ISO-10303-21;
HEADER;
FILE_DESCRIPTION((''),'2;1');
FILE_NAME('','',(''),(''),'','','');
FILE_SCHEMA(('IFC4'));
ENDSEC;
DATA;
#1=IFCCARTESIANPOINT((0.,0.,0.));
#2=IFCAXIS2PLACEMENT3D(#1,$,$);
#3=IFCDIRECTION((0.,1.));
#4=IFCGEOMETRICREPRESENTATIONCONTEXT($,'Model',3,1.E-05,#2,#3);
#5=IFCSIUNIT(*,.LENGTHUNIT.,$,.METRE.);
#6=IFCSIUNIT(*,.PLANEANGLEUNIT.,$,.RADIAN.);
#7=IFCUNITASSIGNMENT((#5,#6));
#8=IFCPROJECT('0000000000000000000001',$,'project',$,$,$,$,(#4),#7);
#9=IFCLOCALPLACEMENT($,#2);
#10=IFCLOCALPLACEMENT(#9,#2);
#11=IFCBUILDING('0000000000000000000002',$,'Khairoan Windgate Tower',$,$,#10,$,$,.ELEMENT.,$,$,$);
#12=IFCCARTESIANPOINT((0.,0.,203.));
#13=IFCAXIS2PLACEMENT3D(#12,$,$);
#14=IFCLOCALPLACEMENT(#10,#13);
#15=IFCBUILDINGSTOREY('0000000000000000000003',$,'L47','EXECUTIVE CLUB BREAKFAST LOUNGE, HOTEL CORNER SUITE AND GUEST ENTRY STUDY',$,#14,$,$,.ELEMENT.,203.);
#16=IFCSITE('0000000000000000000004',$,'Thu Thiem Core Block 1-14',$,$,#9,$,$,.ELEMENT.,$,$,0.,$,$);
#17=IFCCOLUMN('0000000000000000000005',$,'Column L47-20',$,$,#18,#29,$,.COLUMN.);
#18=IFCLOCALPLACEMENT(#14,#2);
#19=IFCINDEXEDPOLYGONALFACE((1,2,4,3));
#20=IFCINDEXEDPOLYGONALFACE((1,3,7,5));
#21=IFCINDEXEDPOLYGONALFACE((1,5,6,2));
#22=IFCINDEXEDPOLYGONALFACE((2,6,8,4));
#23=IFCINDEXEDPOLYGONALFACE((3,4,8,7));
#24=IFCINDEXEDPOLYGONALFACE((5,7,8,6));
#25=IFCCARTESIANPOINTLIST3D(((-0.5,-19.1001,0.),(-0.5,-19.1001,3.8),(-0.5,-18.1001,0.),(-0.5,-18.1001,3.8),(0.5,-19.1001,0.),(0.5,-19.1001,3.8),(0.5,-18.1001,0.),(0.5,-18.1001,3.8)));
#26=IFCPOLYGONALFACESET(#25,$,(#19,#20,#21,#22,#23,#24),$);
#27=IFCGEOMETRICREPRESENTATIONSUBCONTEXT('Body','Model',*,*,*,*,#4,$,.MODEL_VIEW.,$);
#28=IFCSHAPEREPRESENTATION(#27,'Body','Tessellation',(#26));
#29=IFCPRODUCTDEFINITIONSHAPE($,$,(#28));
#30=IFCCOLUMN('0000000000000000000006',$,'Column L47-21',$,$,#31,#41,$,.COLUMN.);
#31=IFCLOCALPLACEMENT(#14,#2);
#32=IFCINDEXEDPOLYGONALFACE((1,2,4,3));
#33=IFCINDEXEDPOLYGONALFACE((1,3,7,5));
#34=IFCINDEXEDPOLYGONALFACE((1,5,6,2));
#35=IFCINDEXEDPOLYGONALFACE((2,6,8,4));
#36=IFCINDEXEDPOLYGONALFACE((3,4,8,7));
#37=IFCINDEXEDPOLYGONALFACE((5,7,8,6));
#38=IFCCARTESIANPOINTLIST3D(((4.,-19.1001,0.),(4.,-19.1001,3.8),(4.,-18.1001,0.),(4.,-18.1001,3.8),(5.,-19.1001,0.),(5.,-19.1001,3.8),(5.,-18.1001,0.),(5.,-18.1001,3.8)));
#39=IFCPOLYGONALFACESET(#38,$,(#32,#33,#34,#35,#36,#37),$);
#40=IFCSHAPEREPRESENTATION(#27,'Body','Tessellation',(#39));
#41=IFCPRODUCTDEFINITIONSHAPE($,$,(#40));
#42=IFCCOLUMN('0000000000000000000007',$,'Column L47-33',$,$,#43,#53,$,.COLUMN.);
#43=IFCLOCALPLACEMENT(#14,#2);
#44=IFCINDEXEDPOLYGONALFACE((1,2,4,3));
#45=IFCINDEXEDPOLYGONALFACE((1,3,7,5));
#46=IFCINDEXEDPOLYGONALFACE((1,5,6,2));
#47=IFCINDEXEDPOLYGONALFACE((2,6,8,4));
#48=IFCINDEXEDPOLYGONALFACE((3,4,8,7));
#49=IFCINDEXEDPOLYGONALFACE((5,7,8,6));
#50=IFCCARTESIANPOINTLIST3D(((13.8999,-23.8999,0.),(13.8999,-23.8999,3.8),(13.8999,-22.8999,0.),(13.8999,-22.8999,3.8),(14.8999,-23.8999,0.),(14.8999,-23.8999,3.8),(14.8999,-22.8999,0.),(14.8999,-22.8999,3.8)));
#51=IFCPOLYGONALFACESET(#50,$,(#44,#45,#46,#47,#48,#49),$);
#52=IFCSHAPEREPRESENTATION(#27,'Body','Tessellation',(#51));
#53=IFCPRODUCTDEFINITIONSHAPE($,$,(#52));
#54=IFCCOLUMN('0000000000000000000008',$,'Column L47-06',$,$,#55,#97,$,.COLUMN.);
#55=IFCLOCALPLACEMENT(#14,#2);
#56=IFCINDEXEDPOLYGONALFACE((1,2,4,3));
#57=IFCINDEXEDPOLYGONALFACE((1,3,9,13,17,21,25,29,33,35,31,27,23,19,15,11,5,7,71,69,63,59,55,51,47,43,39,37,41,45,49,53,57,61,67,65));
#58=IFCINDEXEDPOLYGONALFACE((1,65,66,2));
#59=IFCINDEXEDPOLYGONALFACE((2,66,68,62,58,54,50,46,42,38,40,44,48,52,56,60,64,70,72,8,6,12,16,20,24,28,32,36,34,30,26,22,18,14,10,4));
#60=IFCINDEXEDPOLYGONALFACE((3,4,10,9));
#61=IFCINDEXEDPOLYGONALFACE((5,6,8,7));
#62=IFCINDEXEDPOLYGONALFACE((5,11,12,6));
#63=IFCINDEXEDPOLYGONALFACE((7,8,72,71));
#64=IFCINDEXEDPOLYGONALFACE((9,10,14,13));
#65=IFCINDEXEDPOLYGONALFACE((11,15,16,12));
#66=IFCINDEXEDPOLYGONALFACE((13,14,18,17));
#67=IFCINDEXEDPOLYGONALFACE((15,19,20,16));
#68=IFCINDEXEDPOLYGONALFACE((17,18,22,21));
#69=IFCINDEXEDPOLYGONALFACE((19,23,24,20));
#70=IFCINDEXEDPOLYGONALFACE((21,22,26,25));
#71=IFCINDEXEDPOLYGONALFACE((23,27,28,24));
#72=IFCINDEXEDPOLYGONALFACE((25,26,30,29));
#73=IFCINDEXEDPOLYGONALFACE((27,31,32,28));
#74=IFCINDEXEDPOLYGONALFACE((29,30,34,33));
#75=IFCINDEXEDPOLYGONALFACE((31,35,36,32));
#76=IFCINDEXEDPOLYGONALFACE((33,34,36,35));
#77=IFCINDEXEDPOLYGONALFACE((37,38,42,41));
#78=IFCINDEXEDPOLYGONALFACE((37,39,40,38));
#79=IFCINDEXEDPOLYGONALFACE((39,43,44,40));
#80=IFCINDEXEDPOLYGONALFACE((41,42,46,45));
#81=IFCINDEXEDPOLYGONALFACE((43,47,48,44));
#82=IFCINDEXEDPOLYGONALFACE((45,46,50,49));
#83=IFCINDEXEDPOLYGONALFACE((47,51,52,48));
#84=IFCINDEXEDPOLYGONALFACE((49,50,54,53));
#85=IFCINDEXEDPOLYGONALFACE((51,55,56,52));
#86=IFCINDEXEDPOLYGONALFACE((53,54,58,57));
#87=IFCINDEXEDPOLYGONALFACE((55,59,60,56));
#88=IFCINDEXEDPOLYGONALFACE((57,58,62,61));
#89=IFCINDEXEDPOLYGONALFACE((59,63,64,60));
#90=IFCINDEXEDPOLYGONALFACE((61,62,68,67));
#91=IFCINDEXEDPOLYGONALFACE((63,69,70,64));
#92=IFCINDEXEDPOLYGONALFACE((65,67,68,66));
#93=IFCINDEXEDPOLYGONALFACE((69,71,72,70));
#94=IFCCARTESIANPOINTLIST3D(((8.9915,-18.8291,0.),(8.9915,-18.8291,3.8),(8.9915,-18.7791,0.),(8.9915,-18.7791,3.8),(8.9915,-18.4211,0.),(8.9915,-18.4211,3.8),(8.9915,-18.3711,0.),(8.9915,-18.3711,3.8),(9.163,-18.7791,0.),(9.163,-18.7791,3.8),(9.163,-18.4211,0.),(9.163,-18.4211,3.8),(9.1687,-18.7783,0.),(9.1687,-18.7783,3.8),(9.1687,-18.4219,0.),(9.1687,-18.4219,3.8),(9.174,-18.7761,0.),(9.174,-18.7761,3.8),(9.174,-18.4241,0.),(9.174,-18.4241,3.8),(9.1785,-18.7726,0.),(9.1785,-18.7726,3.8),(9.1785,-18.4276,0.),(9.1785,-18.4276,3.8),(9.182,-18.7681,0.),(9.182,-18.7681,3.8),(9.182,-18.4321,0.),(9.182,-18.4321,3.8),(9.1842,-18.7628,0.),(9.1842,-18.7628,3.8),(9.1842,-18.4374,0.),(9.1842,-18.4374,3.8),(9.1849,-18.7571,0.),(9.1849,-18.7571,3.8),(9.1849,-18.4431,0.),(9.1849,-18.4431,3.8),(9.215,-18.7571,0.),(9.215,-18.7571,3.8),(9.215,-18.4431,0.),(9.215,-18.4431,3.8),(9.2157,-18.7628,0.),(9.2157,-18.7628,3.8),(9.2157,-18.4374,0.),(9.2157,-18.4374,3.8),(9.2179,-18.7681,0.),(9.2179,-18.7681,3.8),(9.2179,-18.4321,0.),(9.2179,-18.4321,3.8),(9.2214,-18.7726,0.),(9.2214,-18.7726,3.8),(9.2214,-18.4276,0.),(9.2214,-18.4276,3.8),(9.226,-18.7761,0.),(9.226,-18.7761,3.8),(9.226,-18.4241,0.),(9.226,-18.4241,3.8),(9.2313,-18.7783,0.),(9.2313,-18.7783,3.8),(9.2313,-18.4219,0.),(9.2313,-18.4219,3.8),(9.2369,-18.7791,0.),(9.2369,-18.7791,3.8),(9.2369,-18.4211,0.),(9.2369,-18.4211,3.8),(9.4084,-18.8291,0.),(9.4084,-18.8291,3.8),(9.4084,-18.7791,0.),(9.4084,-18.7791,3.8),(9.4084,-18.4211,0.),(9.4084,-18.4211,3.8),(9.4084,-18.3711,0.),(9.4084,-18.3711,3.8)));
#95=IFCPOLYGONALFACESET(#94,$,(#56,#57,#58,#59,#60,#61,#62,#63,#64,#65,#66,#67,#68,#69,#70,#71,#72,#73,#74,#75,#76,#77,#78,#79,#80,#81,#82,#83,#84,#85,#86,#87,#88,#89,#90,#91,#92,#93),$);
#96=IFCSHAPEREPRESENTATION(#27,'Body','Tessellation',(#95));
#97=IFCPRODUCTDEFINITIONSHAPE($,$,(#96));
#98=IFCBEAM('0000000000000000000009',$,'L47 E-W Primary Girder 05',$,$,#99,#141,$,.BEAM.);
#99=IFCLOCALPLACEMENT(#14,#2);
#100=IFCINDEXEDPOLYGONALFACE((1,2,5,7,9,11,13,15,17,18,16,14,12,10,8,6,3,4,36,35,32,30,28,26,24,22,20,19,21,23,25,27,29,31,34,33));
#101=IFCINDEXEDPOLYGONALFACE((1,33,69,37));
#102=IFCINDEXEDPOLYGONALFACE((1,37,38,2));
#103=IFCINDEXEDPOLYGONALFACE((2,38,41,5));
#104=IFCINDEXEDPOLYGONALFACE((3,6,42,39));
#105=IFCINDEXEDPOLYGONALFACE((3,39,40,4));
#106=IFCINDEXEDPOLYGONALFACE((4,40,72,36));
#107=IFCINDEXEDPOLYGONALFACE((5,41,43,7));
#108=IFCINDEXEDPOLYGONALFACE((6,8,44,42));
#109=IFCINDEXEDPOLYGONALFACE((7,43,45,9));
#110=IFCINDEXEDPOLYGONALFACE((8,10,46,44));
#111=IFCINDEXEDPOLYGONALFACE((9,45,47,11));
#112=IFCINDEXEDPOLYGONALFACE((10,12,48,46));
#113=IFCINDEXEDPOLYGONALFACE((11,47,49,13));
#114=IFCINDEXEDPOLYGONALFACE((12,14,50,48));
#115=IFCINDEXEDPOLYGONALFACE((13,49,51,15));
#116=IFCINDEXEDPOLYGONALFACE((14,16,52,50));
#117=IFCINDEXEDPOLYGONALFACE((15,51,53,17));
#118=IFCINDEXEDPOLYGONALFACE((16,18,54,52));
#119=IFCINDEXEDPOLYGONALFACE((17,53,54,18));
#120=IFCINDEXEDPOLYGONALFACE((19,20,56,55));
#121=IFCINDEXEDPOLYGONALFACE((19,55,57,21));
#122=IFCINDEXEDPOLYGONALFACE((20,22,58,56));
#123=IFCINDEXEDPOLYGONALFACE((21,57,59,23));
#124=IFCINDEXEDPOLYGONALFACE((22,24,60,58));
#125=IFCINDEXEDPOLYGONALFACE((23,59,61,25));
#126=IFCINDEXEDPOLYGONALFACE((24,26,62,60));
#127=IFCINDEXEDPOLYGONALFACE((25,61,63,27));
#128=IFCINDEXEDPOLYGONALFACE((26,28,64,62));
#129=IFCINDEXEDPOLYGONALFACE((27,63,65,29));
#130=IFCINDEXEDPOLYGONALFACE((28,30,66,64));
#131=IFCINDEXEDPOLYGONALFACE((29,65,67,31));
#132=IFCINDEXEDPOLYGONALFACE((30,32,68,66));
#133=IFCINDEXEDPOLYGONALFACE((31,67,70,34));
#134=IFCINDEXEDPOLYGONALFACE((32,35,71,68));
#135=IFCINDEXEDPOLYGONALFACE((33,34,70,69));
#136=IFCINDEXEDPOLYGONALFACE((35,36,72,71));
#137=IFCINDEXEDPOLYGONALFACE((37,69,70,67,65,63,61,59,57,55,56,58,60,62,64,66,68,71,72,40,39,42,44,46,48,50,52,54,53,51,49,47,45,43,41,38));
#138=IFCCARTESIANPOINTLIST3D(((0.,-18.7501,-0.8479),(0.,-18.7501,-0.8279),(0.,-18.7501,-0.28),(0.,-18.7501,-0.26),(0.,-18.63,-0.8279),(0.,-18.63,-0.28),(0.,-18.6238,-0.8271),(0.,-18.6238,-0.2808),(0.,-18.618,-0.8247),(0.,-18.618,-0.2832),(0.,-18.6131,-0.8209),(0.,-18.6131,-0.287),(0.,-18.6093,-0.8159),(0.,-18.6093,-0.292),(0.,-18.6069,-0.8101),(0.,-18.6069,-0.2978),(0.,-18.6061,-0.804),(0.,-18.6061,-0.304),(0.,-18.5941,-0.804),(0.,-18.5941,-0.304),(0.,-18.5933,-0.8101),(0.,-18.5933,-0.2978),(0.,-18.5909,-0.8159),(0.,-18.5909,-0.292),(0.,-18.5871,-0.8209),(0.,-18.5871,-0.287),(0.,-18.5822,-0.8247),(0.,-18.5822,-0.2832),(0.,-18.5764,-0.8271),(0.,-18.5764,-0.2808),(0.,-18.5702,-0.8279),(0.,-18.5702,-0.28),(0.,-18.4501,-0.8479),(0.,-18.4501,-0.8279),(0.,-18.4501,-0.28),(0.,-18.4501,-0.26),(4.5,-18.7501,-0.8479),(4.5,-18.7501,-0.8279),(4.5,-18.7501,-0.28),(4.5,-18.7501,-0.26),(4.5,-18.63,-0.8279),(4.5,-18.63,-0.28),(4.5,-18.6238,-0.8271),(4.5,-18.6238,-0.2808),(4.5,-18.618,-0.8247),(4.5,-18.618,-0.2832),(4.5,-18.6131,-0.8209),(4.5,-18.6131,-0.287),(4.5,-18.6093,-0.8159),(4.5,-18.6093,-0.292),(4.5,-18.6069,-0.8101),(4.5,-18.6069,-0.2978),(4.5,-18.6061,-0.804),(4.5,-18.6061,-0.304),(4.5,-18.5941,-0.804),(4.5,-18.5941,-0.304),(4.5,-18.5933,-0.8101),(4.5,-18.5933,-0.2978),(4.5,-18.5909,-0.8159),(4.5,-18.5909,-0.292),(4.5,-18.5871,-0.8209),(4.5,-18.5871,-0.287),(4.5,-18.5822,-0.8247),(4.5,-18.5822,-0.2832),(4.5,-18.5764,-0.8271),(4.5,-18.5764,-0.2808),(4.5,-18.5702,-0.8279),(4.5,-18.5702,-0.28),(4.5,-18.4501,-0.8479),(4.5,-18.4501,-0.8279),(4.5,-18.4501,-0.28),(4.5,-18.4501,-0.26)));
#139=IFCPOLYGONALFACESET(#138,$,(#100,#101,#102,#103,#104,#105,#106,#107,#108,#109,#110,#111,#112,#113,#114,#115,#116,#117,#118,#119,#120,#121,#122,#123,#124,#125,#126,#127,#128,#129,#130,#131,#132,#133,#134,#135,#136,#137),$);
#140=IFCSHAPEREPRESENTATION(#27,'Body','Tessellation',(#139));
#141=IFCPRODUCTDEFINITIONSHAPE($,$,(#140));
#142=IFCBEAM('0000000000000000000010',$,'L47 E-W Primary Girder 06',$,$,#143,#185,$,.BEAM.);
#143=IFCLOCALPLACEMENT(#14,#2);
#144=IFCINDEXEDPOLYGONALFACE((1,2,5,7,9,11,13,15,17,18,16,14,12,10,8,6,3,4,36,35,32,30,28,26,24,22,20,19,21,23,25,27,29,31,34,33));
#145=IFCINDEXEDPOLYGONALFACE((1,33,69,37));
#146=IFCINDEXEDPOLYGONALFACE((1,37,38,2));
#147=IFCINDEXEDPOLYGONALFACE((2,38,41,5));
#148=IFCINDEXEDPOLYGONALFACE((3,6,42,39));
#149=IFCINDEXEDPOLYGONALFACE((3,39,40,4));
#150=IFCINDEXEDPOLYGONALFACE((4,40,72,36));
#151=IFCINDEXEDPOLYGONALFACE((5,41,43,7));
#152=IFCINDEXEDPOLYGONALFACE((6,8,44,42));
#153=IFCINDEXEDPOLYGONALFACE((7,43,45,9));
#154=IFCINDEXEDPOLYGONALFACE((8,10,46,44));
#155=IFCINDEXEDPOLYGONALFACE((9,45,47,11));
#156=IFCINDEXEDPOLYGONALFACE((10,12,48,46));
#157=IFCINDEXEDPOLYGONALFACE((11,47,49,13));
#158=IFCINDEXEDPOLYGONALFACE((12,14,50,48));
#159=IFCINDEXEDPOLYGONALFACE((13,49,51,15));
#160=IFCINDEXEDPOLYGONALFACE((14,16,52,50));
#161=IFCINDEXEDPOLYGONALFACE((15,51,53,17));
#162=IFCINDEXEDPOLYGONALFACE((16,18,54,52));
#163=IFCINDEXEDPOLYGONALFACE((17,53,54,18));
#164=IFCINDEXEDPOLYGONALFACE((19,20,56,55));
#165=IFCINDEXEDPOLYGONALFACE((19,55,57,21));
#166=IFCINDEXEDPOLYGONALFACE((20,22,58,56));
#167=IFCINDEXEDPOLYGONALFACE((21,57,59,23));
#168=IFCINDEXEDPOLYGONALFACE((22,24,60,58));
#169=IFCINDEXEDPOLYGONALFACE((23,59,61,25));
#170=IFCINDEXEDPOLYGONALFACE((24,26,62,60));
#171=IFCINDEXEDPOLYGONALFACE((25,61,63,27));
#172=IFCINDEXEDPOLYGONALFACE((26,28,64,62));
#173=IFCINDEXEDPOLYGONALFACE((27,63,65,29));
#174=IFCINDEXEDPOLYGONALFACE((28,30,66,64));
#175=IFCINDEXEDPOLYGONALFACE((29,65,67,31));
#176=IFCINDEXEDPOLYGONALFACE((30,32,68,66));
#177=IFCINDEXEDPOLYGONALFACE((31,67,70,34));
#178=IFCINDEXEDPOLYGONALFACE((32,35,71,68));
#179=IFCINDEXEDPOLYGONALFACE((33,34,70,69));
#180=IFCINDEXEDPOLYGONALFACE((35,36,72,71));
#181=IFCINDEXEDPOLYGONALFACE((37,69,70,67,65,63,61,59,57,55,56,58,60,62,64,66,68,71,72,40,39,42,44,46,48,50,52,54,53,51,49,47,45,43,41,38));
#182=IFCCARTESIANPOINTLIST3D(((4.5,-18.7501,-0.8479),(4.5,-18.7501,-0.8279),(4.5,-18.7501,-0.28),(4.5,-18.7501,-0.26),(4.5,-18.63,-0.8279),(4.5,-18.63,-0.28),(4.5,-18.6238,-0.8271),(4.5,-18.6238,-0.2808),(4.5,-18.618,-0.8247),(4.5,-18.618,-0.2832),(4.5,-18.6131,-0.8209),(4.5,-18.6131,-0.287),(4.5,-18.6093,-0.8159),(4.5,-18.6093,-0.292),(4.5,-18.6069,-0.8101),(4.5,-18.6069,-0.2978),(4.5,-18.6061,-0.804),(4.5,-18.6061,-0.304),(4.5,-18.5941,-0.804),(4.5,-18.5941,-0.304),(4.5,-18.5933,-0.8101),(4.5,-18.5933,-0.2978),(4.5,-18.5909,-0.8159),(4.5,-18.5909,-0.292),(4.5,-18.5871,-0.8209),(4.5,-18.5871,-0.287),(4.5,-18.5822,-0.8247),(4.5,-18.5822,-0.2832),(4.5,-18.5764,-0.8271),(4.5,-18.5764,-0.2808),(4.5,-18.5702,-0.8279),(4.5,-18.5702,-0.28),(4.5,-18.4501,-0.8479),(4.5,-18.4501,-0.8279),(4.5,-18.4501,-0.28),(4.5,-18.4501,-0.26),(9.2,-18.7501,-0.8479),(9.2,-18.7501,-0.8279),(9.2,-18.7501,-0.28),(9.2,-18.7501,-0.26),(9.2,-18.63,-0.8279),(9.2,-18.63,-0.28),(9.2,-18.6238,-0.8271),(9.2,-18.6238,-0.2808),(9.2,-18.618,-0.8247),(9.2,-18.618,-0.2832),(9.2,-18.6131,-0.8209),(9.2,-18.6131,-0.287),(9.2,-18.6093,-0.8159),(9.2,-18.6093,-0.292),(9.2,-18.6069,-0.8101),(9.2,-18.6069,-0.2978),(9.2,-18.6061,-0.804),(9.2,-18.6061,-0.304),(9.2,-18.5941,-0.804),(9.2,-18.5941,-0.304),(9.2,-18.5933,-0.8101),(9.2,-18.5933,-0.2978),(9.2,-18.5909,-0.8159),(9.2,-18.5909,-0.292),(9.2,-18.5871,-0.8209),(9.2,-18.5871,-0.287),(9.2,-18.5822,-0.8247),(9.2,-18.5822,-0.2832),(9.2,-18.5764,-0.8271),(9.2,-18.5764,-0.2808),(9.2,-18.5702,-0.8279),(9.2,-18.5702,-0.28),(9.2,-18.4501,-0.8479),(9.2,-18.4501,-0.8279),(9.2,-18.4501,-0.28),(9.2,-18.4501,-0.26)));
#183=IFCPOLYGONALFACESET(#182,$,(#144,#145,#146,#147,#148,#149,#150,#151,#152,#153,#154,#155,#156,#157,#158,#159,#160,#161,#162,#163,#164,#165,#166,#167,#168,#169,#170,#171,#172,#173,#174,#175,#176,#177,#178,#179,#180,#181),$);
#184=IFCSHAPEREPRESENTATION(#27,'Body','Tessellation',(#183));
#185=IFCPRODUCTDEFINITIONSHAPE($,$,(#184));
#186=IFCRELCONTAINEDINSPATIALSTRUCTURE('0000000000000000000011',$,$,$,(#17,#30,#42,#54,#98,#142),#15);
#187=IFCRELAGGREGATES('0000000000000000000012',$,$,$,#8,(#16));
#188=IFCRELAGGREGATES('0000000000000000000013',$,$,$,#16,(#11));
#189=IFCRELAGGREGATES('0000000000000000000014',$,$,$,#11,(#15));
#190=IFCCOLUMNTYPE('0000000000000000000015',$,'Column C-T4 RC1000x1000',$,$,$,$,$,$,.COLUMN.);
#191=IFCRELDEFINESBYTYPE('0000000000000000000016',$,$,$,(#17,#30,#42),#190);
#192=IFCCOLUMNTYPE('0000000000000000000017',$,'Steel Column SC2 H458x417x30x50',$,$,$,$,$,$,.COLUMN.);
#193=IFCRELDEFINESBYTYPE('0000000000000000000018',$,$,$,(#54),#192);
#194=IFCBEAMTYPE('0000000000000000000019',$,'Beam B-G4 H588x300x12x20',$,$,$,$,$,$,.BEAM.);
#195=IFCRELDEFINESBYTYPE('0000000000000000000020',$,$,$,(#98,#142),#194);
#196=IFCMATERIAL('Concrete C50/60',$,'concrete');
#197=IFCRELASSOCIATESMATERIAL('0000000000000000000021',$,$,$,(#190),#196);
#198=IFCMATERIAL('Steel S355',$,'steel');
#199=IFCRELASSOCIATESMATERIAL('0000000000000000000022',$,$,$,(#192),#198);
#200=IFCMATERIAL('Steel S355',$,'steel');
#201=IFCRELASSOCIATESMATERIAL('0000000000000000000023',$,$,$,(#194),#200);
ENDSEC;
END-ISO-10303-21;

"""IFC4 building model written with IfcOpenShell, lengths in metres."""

from ifc_helpers import new_model, si_unit, direction, frame, origin, origin_2d, place, context, subcontext, project, spatial, rectangle, i_section, extrude, material, material_profile, profile_set, type_object, element, save


model = new_model("IFC4")

# Units and contexts
model_context = context("Model", 3, precision=1e-05, world=origin(), true_north=direction((0.0, 1.0)))
body_context = subcontext(model_context, "Body", "Model", "MODEL_VIEW")
ifc_project = project(units=[si_unit("LENGTHUNIT", "METRE"), si_unit("PLANEANGLEUNIT", "RADIAN")], contexts=[model_context])

# Site, building, storey
site_placement = place(None, origin())
site = spatial("IfcSite", under=ifc_project, at=site_placement, Name="Thu Thiem Core Block 1-14", CompositionType="ELEMENT", RefElevation=0.0)
building_placement = place(site_placement, origin())
building = spatial("IfcBuilding", under=site, at=building_placement, Name="Khairoan Windgate Tower", CompositionType="ELEMENT")
storey_placement = place(building_placement, frame((0.0, 0.0, 203.0)))
storey = spatial("IfcBuildingStorey", under=building, at=storey_placement, Name="L47", Description="EXECUTIVE CLUB BREAKFAST LOUNGE, HOTEL CORNER SUITE AND GUEST ENTRY STUDY", CompositionType="ELEMENT", Elevation=203.0)

# Columns
ifc_material_1 = material(Name="Concrete C50/60", Category="concrete")
ifc_material_profile_1 = material_profile(ifc_material_1, rectangle(XDim=1.0, YDim=1.0, at=origin_2d()))
ifc_profile_set_1 = profile_set([ifc_material_profile_1], Name="Concrete C50/60")
column_type_1 = type_object("IfcColumnType", Name="Column C-T4 RC1000x1000", PredefinedType="COLUMN", material=ifc_profile_set_1)
for number, where, z_axis, x_axis, name in (
    (1, (0.0, -18.6001, 0.0), (0.0, 0.0, 1.0), (1.0, 0.0, 0.0), "Column L47-20"),
    (2, (4.5, -18.6001, 0.0), (0.0, 0.0, 1.0), (1.0, 0.0, 0.0), "Column L47-21"),
    (3, (14.3999, -23.3999, 0.0), (0.0, 0.0, 1.0), (1.0, 0.0, 0.0), "Column L47-33"),
):
    element("IfcColumn", number, at=place(storey_placement, frame(where, z_axis=z_axis, x_axis=x_axis)), inside=storey, type_object=column_type_1, Name=name, PredefinedType="COLUMN", context=body_context, shape_type="SweptSolid", body=[
        extrude(rectangle(XDim=1.0, YDim=1.0, at=origin_2d()), origin(), (0.0, 0.0, 1.0), 3.8),
    ])
ifc_material_2 = material(Name="Steel S355", Category="steel")
ifc_material_profile_2 = material_profile(ifc_material_2, i_section(OverallWidth=0.417, OverallDepth=0.458, WebThickness=0.03, FlangeThickness=0.05, FilletRadius=0.022, at=origin_2d()))
ifc_profile_set_2 = profile_set([ifc_material_profile_2], Name="Steel S355")
column_type_2 = type_object("IfcColumnType", Name="Steel Column SC2 H458x417x30x50", PredefinedType="COLUMN", material=ifc_profile_set_2)
column_placement = place(storey_placement, frame((9.2, -18.6001, 0.0), z_axis=(0.0, 0.0, 1.0), x_axis=(1.0, 0.0, 0.0)))
element("IfcColumn", 4, at=column_placement, inside=storey, type_object=column_type_2, Name="Column L47-06", PredefinedType="COLUMN", context=body_context, shape_type="SweptSolid", body=[
    extrude(i_section(OverallWidth=0.417, OverallDepth=0.458, WebThickness=0.03, FlangeThickness=0.05, FilletRadius=0.022, at=origin_2d()), origin(), (0.0, 0.0, 1.0), 3.8),
])

# Beams
ifc_material_3 = material(Name="Steel S355", Category="steel")
ifc_material_profile_3 = material_profile(ifc_material_3, i_section(OverallWidth=0.3, OverallDepth=0.5879, WebThickness=0.012, FlangeThickness=0.02, FilletRadius=0.0239, at=origin_2d()))
ifc_profile_set_3 = profile_set([ifc_material_profile_3], Name="Steel S355")
beam_type = type_object("IfcBeamType", Name="Beam B-G4 H588x300x12x20", PredefinedType="BEAM", material=ifc_profile_set_3)
beam_1_placement = place(storey_placement, frame((0.0, -18.6001, -0.554), z_axis=(1.0, 0.0, 0.0), x_axis=(0.0, 1.0, 0.0)))
element("IfcBeam", 5, at=beam_1_placement, inside=storey, type_object=beam_type, Name="L47 E-W Primary Girder 05", PredefinedType="BEAM", context=body_context, shape_type="SweptSolid", body=[
    extrude(i_section(OverallWidth=0.3, OverallDepth=0.5879, WebThickness=0.012, FlangeThickness=0.02, FilletRadius=0.0239, at=origin_2d()), origin(), (0.0, 0.0, 1.0), 4.5),
])
beam_2_placement = place(storey_placement, frame((4.5, -18.6001, -0.554), z_axis=(1.0, 0.0, 0.0), x_axis=(0.0, 1.0, 0.0)))
element("IfcBeam", 6, at=beam_2_placement, inside=storey, type_object=beam_type, Name="L47 E-W Primary Girder 06", PredefinedType="BEAM", context=body_context, shape_type="SweptSolid", body=[
    extrude(i_section(OverallWidth=0.3, OverallDepth=0.5879, WebThickness=0.012, FlangeThickness=0.02, FilletRadius=0.0239, at=origin_2d()), origin(), (0.0, 0.0, 1.0), 4.7),
])

save(model, "model.ifc")
